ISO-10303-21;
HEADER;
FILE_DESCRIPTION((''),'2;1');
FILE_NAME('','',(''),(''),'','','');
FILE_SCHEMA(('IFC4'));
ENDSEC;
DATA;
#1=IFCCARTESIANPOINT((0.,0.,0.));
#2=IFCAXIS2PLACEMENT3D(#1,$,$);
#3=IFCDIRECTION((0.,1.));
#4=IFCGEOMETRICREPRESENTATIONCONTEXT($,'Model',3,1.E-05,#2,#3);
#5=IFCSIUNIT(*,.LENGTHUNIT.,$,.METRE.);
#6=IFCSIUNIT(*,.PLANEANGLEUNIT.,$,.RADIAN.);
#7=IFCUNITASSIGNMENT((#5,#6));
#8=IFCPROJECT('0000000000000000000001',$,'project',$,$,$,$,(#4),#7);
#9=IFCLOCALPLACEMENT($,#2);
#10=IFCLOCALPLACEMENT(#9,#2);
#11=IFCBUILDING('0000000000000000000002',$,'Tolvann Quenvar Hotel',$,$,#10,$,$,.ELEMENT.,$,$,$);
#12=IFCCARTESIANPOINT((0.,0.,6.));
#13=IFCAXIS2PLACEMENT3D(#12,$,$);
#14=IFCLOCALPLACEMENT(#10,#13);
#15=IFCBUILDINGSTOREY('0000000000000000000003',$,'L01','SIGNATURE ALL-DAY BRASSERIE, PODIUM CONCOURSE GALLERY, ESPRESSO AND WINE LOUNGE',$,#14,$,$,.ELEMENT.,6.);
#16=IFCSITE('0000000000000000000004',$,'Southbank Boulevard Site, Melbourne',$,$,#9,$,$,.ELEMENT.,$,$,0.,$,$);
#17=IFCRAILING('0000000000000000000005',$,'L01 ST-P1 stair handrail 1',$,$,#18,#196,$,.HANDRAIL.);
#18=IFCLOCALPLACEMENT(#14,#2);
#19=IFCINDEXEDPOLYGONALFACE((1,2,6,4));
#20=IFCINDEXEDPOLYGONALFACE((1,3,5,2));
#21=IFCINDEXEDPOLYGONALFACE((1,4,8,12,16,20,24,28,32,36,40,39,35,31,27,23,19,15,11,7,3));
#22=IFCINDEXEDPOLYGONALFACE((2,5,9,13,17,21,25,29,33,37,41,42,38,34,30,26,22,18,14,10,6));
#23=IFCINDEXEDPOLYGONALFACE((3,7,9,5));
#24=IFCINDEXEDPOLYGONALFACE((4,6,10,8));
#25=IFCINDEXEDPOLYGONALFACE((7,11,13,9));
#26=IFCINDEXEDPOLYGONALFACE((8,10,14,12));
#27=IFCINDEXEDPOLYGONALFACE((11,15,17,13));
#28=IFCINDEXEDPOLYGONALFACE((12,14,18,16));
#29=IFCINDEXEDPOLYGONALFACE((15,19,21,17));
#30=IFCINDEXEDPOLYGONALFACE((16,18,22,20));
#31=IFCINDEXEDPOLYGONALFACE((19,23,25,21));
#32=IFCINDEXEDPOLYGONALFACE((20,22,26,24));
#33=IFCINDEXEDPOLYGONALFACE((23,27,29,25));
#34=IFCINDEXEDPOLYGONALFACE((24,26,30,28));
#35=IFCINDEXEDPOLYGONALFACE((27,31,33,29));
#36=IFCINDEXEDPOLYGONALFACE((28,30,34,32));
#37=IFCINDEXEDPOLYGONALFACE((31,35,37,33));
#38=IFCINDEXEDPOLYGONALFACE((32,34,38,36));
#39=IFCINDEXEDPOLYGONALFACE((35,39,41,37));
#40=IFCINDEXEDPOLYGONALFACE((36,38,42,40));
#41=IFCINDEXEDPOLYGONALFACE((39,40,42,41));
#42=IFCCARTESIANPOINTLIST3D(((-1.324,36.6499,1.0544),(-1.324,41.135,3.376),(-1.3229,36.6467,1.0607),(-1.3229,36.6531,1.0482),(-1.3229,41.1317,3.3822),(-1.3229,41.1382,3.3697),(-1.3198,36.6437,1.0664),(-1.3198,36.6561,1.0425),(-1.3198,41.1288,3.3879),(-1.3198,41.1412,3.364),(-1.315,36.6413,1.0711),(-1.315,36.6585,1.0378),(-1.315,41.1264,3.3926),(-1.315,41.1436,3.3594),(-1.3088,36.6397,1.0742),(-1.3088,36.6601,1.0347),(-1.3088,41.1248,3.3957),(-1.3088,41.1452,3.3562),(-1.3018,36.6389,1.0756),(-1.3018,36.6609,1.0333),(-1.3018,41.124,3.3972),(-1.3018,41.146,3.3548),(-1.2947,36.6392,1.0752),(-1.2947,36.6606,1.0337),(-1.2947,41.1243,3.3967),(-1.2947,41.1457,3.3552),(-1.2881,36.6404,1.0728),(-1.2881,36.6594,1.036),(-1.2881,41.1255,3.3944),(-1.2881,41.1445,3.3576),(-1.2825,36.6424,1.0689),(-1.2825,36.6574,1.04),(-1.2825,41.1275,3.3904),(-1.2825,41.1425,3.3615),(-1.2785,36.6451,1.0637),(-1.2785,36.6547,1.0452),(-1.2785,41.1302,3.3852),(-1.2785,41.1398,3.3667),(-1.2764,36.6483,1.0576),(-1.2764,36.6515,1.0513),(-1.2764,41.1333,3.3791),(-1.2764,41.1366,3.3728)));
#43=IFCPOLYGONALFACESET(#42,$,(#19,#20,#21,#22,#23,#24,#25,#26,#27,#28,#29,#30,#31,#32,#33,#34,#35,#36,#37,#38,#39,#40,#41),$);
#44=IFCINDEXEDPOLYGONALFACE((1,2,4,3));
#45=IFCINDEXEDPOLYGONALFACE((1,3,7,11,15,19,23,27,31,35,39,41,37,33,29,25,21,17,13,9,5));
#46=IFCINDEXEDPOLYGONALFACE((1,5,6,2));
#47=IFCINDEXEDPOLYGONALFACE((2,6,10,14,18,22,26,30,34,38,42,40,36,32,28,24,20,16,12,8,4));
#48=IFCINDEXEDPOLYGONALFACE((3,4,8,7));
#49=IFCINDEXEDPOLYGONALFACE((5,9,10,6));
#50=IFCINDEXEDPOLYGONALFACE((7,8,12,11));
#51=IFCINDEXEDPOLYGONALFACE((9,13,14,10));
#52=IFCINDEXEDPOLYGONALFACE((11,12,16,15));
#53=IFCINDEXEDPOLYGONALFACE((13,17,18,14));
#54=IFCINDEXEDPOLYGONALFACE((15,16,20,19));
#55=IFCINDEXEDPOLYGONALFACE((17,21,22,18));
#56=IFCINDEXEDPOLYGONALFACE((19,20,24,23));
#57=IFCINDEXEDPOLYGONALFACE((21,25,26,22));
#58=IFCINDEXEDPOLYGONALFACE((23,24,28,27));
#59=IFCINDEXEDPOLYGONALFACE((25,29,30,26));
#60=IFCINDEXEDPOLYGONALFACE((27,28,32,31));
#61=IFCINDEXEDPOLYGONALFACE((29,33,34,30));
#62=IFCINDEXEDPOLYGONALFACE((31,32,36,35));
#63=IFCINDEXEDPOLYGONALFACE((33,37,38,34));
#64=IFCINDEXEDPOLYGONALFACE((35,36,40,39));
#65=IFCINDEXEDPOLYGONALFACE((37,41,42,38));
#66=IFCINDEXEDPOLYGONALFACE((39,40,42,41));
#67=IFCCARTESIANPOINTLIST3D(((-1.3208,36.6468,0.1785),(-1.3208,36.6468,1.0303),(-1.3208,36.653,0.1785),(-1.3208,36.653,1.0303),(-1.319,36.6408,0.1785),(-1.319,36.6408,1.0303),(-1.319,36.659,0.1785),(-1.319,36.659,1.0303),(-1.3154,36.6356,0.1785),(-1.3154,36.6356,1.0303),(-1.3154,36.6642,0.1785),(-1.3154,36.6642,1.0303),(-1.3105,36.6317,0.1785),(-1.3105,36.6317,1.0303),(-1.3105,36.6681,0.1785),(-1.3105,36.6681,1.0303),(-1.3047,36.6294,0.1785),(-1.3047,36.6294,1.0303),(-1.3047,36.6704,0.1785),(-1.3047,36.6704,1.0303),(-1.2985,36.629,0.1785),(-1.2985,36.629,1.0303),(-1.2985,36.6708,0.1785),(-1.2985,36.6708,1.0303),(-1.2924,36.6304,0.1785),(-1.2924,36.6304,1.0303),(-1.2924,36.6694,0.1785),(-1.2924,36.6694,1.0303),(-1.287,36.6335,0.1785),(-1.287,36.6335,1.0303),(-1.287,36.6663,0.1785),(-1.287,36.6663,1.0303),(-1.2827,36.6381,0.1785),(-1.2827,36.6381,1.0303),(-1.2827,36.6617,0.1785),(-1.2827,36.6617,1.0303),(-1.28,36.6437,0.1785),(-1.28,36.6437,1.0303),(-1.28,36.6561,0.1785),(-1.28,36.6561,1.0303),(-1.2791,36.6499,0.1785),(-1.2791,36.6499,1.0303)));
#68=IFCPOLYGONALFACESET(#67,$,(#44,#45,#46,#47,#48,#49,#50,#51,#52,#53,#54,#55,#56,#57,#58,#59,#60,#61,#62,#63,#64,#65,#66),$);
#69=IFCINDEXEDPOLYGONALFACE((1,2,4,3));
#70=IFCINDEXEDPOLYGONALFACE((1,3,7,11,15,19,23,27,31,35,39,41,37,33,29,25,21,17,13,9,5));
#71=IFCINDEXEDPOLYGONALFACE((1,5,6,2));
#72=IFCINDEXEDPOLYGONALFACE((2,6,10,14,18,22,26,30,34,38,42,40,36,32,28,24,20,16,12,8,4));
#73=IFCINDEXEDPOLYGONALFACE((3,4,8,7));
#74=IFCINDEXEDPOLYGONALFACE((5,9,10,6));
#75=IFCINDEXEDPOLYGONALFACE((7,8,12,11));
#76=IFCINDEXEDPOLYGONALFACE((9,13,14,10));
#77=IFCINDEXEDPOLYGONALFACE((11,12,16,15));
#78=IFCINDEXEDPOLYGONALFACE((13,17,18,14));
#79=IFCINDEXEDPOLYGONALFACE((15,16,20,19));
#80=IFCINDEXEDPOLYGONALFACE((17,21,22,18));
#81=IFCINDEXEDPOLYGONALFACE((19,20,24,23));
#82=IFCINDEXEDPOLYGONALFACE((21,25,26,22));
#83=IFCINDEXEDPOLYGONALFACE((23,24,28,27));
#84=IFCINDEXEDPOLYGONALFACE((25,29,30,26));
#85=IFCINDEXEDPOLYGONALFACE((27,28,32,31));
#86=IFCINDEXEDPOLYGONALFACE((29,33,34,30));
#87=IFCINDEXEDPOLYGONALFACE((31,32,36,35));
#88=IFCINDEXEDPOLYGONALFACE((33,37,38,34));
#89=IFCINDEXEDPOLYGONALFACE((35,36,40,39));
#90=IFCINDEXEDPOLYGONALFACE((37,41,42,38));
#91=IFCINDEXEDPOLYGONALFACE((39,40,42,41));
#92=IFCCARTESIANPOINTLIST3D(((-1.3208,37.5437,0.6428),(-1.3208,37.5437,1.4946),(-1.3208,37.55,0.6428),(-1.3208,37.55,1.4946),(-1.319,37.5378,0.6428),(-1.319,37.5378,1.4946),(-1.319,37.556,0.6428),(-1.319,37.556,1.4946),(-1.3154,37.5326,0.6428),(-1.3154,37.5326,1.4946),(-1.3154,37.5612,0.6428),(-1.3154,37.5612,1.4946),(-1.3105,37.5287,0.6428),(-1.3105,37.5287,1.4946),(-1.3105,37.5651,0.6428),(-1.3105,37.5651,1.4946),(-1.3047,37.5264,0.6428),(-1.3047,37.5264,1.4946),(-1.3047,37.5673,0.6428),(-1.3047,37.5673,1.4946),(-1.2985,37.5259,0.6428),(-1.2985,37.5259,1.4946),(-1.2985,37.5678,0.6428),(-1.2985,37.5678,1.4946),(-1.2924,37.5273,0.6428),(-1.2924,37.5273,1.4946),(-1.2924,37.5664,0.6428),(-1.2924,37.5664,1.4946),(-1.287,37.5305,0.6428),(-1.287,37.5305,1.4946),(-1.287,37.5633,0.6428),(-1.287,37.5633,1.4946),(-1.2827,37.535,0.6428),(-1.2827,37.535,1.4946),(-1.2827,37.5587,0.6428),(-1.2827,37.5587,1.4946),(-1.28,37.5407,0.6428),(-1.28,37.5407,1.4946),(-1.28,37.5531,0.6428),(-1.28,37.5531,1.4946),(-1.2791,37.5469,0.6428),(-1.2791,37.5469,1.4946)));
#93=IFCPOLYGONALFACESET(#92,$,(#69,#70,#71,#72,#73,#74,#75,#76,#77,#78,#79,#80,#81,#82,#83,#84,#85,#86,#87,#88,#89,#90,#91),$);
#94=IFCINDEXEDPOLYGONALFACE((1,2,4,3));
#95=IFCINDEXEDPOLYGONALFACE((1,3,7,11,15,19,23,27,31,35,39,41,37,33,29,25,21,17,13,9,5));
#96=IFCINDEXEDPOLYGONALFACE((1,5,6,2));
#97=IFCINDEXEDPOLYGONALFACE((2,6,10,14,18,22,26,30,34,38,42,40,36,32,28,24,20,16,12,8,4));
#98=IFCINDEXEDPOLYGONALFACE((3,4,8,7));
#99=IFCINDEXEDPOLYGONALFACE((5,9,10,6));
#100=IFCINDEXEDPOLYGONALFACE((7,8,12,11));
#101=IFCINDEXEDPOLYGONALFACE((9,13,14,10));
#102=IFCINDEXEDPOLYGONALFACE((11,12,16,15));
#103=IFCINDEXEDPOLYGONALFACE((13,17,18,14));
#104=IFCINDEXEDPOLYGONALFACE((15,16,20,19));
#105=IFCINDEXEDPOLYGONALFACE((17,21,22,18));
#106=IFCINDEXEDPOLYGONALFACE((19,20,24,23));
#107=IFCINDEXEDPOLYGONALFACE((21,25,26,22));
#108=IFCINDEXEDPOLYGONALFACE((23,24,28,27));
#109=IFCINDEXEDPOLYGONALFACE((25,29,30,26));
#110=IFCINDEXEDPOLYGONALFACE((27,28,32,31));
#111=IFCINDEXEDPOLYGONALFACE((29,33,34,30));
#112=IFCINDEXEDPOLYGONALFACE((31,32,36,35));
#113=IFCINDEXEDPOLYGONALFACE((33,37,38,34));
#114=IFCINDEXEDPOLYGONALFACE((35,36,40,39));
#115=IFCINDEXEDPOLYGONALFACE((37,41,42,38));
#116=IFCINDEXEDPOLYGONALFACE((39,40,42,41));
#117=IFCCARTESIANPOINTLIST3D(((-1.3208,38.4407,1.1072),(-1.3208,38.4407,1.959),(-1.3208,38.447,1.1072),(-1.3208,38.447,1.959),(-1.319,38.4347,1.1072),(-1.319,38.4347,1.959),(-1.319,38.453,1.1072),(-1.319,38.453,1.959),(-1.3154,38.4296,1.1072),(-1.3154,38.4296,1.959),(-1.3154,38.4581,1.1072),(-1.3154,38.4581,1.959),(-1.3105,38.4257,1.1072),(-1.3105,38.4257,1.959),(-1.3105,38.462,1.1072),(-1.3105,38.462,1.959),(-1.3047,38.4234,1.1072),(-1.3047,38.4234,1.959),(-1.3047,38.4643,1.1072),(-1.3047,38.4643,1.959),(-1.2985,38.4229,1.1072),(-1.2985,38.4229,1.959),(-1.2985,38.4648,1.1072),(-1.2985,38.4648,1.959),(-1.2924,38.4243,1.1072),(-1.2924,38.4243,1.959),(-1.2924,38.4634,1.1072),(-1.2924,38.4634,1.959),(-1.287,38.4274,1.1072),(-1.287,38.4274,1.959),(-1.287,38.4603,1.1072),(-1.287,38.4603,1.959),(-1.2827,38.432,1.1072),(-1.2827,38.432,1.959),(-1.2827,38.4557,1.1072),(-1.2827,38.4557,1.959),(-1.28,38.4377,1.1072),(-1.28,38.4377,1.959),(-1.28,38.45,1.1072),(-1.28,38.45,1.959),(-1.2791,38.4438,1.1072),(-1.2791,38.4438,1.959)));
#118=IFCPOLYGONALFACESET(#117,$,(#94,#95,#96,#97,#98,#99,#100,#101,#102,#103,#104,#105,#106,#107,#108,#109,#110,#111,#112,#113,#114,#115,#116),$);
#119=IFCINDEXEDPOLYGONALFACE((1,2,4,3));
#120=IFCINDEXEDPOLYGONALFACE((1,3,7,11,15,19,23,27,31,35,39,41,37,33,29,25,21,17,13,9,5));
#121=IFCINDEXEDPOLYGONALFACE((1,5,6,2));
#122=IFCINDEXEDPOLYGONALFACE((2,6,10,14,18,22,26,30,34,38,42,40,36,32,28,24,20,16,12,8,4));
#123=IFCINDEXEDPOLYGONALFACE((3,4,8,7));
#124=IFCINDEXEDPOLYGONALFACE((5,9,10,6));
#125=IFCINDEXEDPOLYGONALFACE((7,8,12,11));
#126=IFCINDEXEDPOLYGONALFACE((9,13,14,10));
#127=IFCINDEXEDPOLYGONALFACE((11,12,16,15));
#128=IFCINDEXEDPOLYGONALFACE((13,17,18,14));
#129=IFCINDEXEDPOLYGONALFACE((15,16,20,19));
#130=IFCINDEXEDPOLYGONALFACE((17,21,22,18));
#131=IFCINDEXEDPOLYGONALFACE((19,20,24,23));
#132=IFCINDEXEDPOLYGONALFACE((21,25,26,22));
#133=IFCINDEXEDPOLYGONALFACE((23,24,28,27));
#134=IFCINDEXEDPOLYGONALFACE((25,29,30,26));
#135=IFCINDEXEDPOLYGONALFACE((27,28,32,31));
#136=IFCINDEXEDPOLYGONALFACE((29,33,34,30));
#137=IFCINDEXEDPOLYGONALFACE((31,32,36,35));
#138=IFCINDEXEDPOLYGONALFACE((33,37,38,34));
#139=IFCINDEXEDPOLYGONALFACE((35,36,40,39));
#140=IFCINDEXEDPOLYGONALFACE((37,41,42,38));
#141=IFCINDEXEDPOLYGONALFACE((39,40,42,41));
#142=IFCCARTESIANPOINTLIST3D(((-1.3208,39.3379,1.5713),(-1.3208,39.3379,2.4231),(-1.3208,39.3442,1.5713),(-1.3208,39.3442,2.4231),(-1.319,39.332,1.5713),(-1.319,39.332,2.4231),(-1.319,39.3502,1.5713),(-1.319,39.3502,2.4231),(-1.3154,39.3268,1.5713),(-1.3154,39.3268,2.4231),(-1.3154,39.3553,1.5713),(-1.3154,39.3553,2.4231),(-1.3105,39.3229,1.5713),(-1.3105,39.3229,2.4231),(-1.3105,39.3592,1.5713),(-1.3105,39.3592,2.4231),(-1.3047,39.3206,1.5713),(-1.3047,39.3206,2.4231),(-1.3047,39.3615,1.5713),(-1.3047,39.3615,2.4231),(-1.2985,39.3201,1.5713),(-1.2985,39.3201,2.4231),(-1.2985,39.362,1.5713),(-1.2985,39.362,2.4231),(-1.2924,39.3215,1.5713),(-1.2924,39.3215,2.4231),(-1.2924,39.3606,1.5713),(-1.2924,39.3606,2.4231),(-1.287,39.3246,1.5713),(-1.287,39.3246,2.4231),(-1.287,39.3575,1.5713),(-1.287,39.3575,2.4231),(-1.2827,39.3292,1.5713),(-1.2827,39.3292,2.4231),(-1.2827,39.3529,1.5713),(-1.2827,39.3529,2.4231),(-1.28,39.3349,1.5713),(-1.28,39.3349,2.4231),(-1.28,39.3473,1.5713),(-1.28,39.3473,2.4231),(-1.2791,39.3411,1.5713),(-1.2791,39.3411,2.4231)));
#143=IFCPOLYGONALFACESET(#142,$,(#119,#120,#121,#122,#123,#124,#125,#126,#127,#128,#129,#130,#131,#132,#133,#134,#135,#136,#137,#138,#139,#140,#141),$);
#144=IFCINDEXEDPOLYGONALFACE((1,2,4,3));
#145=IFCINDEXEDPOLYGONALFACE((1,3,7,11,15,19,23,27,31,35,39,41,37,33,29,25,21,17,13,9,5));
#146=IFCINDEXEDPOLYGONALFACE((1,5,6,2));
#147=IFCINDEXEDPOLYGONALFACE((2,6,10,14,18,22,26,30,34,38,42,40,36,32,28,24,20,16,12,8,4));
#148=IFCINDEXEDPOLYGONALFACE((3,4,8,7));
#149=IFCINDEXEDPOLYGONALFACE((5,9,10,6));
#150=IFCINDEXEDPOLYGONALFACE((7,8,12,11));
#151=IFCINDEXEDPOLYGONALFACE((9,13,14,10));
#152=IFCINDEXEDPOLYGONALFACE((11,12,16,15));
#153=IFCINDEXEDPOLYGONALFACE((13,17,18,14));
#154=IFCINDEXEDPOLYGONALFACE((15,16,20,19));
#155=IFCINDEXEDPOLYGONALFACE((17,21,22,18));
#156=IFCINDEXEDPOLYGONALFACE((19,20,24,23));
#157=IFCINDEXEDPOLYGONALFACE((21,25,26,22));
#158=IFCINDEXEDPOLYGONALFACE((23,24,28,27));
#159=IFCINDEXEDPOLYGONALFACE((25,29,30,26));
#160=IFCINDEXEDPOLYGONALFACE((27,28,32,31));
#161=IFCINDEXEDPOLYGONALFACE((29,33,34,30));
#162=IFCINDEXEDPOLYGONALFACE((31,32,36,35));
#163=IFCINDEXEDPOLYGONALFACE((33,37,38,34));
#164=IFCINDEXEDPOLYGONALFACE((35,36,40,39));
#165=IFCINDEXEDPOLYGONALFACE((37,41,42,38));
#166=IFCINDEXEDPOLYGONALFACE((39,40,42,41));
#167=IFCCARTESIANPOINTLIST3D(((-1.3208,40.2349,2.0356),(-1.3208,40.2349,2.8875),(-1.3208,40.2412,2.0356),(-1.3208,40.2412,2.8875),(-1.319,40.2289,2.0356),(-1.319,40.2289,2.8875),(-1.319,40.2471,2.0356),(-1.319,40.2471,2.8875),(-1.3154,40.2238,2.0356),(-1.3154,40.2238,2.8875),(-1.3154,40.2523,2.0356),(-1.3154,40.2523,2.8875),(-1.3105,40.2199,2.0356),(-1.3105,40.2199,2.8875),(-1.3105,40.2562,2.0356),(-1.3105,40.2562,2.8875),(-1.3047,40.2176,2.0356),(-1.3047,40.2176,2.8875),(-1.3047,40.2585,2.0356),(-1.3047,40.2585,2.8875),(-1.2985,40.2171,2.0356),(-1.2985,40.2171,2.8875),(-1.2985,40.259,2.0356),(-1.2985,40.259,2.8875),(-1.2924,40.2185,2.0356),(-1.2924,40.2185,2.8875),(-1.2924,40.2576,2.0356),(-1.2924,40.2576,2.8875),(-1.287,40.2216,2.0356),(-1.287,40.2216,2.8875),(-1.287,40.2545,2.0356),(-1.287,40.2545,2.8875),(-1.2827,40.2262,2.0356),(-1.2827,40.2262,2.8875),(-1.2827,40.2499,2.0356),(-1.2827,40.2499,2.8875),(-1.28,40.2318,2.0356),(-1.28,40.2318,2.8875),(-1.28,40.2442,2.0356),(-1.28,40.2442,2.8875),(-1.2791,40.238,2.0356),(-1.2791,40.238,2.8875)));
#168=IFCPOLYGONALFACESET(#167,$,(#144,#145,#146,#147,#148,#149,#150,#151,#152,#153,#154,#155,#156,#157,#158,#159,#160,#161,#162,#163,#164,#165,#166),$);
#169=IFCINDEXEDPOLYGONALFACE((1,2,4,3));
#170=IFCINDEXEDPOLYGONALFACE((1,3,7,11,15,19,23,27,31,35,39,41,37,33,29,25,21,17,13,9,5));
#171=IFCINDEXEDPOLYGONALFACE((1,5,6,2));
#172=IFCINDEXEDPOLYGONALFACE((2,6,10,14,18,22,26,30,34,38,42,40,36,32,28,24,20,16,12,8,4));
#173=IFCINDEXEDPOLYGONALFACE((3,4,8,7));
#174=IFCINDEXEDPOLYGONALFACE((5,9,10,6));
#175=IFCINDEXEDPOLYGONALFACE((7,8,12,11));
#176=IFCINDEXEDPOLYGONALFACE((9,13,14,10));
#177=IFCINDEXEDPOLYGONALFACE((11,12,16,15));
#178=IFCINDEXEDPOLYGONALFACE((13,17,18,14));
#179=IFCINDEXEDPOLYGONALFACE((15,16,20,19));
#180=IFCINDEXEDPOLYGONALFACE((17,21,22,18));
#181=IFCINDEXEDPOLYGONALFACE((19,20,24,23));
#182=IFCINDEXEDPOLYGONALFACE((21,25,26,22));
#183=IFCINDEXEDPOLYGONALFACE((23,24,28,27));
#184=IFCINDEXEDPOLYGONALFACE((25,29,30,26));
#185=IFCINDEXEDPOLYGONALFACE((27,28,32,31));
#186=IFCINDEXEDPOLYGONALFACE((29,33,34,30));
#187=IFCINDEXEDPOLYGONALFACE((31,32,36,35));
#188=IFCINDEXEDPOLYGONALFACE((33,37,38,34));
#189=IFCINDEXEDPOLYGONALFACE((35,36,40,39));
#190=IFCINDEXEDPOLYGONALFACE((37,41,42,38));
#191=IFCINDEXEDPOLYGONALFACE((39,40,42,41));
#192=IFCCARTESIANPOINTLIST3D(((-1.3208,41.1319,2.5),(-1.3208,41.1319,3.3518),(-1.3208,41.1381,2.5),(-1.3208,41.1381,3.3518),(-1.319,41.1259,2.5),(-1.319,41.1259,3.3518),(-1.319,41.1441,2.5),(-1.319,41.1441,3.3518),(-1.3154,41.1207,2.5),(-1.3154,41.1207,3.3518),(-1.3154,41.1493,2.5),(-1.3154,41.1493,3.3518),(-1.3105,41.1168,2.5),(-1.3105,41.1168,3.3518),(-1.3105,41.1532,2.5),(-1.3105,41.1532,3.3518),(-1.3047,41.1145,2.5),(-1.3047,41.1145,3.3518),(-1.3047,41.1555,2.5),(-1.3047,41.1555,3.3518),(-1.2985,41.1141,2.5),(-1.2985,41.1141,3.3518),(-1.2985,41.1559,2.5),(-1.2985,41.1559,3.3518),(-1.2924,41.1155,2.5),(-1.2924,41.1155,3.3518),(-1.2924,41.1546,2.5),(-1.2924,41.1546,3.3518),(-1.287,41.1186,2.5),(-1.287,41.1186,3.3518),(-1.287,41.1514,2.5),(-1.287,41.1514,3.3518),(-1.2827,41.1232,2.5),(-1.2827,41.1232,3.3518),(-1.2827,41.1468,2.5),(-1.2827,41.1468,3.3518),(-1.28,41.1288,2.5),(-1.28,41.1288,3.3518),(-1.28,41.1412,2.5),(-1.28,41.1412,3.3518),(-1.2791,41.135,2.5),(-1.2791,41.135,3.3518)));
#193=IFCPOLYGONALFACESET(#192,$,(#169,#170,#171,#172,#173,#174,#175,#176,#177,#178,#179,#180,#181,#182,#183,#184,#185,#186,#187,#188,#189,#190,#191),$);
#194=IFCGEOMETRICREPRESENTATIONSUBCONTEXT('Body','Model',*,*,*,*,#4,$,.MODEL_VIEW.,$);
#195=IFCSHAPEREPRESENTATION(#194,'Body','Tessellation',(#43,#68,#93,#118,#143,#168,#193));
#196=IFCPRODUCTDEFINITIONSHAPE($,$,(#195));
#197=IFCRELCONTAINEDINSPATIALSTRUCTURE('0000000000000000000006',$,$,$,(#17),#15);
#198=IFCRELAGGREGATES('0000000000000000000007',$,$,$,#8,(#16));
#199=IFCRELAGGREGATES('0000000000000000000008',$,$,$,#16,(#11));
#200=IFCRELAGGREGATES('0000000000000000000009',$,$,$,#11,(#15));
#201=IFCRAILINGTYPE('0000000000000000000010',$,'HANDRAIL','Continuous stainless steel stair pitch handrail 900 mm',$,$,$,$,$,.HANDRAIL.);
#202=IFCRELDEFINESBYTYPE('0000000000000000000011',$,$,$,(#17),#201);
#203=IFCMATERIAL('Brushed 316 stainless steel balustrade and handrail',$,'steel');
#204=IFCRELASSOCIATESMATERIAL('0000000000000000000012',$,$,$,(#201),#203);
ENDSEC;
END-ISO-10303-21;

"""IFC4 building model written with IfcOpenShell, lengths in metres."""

from ifc_helpers import new_model, si_unit, direction, frame, origin, origin_2d, place, context, subcontext, project, spatial, circle, extrude, material, type_object, element, save


model = new_model("IFC4")

# Units and contexts
model_context = context("Model", 3, precision=1e-05, world=origin(), true_north=direction((0.0, 1.0)))
body_context = subcontext(model_context, "Body", "Model", "MODEL_VIEW")
ifc_project = project(units=[si_unit("LENGTHUNIT", "METRE"), si_unit("PLANEANGLEUNIT", "RADIAN")], contexts=[model_context])

# Site, building, storey
site_placement = place(None, origin())
site = spatial("IfcSite", under=ifc_project, at=site_placement, Name="Southbank Boulevard Site, Melbourne", CompositionType="ELEMENT", RefElevation=0.0)
building_placement = place(site_placement, origin())
building = spatial("IfcBuilding", under=site, at=building_placement, Name="Tolvann Quenvar Hotel", CompositionType="ELEMENT")
storey_placement = place(building_placement, frame((0.0, 0.0, 6.0)))
storey = spatial("IfcBuildingStorey", under=building, at=storey_placement, Name="L01", Description="SIGNATURE ALL-DAY BRASSERIE, PODIUM CONCOURSE GALLERY, ESPRESSO AND WINE LOUNGE", CompositionType="ELEMENT", Elevation=6.0)

# Railing
ifc_material_1 = material(Name="Brushed 316 stainless steel balustrade and handrail", Category="steel")
railing_type_1 = type_object("IfcRailingType", Name="HANDRAIL", Description="Continuous stainless steel stair pitch handrail 900 mm", PredefinedType="HANDRAIL", material=ifc_material_1)
railing_1_placement = place(storey_placement, frame((-1.3, 36.6499, 0.1785)))
element("IfcRailing", 1, at=railing_1_placement, inside=storey, type_object=railing_type_1, Name="L01 ST-P1 stair handrail 1", PredefinedType="HANDRAIL", context=body_context, shape_type="SweptSolid", body=[
    extrude(circle(Radius=0.0239, at=origin_2d()), frame((0.0, 0.0, 0.876), z_axis=(0.0, 0.888084, 0.459681), x_axis=(-1.0, 0.0, 0.0)), (0.0, 0.0, 1.0), 5.0503),
    extrude(circle(Radius=0.021, at=origin_2d()), origin(), (0.0, 0.0, 1.0), 0.8518),
    extrude(circle(Radius=0.021, at=origin_2d()), frame((0.0, 0.897, 0.4644)), (0.0, 0.0, 1.0), 0.8518),
    extrude(circle(Radius=0.021, at=origin_2d()), frame((0.0, 1.7939, 0.9287)), (0.0, 0.0, 1.0), 0.8518),
    extrude(circle(Radius=0.021, at=origin_2d()), frame((0.0, 2.6912, 1.3928)), (0.0, 0.0, 1.0), 0.8518),
    extrude(circle(Radius=0.021, at=origin_2d()), frame((0.0, 3.5881, 1.8572)), (0.0, 0.0, 1.0), 0.8518),
    extrude(circle(Radius=0.021, at=origin_2d()), frame((0.0, 4.4851, 2.3215)), (0.0, 0.0, 1.0), 0.8518),
])

save(model, "model.ifc")
